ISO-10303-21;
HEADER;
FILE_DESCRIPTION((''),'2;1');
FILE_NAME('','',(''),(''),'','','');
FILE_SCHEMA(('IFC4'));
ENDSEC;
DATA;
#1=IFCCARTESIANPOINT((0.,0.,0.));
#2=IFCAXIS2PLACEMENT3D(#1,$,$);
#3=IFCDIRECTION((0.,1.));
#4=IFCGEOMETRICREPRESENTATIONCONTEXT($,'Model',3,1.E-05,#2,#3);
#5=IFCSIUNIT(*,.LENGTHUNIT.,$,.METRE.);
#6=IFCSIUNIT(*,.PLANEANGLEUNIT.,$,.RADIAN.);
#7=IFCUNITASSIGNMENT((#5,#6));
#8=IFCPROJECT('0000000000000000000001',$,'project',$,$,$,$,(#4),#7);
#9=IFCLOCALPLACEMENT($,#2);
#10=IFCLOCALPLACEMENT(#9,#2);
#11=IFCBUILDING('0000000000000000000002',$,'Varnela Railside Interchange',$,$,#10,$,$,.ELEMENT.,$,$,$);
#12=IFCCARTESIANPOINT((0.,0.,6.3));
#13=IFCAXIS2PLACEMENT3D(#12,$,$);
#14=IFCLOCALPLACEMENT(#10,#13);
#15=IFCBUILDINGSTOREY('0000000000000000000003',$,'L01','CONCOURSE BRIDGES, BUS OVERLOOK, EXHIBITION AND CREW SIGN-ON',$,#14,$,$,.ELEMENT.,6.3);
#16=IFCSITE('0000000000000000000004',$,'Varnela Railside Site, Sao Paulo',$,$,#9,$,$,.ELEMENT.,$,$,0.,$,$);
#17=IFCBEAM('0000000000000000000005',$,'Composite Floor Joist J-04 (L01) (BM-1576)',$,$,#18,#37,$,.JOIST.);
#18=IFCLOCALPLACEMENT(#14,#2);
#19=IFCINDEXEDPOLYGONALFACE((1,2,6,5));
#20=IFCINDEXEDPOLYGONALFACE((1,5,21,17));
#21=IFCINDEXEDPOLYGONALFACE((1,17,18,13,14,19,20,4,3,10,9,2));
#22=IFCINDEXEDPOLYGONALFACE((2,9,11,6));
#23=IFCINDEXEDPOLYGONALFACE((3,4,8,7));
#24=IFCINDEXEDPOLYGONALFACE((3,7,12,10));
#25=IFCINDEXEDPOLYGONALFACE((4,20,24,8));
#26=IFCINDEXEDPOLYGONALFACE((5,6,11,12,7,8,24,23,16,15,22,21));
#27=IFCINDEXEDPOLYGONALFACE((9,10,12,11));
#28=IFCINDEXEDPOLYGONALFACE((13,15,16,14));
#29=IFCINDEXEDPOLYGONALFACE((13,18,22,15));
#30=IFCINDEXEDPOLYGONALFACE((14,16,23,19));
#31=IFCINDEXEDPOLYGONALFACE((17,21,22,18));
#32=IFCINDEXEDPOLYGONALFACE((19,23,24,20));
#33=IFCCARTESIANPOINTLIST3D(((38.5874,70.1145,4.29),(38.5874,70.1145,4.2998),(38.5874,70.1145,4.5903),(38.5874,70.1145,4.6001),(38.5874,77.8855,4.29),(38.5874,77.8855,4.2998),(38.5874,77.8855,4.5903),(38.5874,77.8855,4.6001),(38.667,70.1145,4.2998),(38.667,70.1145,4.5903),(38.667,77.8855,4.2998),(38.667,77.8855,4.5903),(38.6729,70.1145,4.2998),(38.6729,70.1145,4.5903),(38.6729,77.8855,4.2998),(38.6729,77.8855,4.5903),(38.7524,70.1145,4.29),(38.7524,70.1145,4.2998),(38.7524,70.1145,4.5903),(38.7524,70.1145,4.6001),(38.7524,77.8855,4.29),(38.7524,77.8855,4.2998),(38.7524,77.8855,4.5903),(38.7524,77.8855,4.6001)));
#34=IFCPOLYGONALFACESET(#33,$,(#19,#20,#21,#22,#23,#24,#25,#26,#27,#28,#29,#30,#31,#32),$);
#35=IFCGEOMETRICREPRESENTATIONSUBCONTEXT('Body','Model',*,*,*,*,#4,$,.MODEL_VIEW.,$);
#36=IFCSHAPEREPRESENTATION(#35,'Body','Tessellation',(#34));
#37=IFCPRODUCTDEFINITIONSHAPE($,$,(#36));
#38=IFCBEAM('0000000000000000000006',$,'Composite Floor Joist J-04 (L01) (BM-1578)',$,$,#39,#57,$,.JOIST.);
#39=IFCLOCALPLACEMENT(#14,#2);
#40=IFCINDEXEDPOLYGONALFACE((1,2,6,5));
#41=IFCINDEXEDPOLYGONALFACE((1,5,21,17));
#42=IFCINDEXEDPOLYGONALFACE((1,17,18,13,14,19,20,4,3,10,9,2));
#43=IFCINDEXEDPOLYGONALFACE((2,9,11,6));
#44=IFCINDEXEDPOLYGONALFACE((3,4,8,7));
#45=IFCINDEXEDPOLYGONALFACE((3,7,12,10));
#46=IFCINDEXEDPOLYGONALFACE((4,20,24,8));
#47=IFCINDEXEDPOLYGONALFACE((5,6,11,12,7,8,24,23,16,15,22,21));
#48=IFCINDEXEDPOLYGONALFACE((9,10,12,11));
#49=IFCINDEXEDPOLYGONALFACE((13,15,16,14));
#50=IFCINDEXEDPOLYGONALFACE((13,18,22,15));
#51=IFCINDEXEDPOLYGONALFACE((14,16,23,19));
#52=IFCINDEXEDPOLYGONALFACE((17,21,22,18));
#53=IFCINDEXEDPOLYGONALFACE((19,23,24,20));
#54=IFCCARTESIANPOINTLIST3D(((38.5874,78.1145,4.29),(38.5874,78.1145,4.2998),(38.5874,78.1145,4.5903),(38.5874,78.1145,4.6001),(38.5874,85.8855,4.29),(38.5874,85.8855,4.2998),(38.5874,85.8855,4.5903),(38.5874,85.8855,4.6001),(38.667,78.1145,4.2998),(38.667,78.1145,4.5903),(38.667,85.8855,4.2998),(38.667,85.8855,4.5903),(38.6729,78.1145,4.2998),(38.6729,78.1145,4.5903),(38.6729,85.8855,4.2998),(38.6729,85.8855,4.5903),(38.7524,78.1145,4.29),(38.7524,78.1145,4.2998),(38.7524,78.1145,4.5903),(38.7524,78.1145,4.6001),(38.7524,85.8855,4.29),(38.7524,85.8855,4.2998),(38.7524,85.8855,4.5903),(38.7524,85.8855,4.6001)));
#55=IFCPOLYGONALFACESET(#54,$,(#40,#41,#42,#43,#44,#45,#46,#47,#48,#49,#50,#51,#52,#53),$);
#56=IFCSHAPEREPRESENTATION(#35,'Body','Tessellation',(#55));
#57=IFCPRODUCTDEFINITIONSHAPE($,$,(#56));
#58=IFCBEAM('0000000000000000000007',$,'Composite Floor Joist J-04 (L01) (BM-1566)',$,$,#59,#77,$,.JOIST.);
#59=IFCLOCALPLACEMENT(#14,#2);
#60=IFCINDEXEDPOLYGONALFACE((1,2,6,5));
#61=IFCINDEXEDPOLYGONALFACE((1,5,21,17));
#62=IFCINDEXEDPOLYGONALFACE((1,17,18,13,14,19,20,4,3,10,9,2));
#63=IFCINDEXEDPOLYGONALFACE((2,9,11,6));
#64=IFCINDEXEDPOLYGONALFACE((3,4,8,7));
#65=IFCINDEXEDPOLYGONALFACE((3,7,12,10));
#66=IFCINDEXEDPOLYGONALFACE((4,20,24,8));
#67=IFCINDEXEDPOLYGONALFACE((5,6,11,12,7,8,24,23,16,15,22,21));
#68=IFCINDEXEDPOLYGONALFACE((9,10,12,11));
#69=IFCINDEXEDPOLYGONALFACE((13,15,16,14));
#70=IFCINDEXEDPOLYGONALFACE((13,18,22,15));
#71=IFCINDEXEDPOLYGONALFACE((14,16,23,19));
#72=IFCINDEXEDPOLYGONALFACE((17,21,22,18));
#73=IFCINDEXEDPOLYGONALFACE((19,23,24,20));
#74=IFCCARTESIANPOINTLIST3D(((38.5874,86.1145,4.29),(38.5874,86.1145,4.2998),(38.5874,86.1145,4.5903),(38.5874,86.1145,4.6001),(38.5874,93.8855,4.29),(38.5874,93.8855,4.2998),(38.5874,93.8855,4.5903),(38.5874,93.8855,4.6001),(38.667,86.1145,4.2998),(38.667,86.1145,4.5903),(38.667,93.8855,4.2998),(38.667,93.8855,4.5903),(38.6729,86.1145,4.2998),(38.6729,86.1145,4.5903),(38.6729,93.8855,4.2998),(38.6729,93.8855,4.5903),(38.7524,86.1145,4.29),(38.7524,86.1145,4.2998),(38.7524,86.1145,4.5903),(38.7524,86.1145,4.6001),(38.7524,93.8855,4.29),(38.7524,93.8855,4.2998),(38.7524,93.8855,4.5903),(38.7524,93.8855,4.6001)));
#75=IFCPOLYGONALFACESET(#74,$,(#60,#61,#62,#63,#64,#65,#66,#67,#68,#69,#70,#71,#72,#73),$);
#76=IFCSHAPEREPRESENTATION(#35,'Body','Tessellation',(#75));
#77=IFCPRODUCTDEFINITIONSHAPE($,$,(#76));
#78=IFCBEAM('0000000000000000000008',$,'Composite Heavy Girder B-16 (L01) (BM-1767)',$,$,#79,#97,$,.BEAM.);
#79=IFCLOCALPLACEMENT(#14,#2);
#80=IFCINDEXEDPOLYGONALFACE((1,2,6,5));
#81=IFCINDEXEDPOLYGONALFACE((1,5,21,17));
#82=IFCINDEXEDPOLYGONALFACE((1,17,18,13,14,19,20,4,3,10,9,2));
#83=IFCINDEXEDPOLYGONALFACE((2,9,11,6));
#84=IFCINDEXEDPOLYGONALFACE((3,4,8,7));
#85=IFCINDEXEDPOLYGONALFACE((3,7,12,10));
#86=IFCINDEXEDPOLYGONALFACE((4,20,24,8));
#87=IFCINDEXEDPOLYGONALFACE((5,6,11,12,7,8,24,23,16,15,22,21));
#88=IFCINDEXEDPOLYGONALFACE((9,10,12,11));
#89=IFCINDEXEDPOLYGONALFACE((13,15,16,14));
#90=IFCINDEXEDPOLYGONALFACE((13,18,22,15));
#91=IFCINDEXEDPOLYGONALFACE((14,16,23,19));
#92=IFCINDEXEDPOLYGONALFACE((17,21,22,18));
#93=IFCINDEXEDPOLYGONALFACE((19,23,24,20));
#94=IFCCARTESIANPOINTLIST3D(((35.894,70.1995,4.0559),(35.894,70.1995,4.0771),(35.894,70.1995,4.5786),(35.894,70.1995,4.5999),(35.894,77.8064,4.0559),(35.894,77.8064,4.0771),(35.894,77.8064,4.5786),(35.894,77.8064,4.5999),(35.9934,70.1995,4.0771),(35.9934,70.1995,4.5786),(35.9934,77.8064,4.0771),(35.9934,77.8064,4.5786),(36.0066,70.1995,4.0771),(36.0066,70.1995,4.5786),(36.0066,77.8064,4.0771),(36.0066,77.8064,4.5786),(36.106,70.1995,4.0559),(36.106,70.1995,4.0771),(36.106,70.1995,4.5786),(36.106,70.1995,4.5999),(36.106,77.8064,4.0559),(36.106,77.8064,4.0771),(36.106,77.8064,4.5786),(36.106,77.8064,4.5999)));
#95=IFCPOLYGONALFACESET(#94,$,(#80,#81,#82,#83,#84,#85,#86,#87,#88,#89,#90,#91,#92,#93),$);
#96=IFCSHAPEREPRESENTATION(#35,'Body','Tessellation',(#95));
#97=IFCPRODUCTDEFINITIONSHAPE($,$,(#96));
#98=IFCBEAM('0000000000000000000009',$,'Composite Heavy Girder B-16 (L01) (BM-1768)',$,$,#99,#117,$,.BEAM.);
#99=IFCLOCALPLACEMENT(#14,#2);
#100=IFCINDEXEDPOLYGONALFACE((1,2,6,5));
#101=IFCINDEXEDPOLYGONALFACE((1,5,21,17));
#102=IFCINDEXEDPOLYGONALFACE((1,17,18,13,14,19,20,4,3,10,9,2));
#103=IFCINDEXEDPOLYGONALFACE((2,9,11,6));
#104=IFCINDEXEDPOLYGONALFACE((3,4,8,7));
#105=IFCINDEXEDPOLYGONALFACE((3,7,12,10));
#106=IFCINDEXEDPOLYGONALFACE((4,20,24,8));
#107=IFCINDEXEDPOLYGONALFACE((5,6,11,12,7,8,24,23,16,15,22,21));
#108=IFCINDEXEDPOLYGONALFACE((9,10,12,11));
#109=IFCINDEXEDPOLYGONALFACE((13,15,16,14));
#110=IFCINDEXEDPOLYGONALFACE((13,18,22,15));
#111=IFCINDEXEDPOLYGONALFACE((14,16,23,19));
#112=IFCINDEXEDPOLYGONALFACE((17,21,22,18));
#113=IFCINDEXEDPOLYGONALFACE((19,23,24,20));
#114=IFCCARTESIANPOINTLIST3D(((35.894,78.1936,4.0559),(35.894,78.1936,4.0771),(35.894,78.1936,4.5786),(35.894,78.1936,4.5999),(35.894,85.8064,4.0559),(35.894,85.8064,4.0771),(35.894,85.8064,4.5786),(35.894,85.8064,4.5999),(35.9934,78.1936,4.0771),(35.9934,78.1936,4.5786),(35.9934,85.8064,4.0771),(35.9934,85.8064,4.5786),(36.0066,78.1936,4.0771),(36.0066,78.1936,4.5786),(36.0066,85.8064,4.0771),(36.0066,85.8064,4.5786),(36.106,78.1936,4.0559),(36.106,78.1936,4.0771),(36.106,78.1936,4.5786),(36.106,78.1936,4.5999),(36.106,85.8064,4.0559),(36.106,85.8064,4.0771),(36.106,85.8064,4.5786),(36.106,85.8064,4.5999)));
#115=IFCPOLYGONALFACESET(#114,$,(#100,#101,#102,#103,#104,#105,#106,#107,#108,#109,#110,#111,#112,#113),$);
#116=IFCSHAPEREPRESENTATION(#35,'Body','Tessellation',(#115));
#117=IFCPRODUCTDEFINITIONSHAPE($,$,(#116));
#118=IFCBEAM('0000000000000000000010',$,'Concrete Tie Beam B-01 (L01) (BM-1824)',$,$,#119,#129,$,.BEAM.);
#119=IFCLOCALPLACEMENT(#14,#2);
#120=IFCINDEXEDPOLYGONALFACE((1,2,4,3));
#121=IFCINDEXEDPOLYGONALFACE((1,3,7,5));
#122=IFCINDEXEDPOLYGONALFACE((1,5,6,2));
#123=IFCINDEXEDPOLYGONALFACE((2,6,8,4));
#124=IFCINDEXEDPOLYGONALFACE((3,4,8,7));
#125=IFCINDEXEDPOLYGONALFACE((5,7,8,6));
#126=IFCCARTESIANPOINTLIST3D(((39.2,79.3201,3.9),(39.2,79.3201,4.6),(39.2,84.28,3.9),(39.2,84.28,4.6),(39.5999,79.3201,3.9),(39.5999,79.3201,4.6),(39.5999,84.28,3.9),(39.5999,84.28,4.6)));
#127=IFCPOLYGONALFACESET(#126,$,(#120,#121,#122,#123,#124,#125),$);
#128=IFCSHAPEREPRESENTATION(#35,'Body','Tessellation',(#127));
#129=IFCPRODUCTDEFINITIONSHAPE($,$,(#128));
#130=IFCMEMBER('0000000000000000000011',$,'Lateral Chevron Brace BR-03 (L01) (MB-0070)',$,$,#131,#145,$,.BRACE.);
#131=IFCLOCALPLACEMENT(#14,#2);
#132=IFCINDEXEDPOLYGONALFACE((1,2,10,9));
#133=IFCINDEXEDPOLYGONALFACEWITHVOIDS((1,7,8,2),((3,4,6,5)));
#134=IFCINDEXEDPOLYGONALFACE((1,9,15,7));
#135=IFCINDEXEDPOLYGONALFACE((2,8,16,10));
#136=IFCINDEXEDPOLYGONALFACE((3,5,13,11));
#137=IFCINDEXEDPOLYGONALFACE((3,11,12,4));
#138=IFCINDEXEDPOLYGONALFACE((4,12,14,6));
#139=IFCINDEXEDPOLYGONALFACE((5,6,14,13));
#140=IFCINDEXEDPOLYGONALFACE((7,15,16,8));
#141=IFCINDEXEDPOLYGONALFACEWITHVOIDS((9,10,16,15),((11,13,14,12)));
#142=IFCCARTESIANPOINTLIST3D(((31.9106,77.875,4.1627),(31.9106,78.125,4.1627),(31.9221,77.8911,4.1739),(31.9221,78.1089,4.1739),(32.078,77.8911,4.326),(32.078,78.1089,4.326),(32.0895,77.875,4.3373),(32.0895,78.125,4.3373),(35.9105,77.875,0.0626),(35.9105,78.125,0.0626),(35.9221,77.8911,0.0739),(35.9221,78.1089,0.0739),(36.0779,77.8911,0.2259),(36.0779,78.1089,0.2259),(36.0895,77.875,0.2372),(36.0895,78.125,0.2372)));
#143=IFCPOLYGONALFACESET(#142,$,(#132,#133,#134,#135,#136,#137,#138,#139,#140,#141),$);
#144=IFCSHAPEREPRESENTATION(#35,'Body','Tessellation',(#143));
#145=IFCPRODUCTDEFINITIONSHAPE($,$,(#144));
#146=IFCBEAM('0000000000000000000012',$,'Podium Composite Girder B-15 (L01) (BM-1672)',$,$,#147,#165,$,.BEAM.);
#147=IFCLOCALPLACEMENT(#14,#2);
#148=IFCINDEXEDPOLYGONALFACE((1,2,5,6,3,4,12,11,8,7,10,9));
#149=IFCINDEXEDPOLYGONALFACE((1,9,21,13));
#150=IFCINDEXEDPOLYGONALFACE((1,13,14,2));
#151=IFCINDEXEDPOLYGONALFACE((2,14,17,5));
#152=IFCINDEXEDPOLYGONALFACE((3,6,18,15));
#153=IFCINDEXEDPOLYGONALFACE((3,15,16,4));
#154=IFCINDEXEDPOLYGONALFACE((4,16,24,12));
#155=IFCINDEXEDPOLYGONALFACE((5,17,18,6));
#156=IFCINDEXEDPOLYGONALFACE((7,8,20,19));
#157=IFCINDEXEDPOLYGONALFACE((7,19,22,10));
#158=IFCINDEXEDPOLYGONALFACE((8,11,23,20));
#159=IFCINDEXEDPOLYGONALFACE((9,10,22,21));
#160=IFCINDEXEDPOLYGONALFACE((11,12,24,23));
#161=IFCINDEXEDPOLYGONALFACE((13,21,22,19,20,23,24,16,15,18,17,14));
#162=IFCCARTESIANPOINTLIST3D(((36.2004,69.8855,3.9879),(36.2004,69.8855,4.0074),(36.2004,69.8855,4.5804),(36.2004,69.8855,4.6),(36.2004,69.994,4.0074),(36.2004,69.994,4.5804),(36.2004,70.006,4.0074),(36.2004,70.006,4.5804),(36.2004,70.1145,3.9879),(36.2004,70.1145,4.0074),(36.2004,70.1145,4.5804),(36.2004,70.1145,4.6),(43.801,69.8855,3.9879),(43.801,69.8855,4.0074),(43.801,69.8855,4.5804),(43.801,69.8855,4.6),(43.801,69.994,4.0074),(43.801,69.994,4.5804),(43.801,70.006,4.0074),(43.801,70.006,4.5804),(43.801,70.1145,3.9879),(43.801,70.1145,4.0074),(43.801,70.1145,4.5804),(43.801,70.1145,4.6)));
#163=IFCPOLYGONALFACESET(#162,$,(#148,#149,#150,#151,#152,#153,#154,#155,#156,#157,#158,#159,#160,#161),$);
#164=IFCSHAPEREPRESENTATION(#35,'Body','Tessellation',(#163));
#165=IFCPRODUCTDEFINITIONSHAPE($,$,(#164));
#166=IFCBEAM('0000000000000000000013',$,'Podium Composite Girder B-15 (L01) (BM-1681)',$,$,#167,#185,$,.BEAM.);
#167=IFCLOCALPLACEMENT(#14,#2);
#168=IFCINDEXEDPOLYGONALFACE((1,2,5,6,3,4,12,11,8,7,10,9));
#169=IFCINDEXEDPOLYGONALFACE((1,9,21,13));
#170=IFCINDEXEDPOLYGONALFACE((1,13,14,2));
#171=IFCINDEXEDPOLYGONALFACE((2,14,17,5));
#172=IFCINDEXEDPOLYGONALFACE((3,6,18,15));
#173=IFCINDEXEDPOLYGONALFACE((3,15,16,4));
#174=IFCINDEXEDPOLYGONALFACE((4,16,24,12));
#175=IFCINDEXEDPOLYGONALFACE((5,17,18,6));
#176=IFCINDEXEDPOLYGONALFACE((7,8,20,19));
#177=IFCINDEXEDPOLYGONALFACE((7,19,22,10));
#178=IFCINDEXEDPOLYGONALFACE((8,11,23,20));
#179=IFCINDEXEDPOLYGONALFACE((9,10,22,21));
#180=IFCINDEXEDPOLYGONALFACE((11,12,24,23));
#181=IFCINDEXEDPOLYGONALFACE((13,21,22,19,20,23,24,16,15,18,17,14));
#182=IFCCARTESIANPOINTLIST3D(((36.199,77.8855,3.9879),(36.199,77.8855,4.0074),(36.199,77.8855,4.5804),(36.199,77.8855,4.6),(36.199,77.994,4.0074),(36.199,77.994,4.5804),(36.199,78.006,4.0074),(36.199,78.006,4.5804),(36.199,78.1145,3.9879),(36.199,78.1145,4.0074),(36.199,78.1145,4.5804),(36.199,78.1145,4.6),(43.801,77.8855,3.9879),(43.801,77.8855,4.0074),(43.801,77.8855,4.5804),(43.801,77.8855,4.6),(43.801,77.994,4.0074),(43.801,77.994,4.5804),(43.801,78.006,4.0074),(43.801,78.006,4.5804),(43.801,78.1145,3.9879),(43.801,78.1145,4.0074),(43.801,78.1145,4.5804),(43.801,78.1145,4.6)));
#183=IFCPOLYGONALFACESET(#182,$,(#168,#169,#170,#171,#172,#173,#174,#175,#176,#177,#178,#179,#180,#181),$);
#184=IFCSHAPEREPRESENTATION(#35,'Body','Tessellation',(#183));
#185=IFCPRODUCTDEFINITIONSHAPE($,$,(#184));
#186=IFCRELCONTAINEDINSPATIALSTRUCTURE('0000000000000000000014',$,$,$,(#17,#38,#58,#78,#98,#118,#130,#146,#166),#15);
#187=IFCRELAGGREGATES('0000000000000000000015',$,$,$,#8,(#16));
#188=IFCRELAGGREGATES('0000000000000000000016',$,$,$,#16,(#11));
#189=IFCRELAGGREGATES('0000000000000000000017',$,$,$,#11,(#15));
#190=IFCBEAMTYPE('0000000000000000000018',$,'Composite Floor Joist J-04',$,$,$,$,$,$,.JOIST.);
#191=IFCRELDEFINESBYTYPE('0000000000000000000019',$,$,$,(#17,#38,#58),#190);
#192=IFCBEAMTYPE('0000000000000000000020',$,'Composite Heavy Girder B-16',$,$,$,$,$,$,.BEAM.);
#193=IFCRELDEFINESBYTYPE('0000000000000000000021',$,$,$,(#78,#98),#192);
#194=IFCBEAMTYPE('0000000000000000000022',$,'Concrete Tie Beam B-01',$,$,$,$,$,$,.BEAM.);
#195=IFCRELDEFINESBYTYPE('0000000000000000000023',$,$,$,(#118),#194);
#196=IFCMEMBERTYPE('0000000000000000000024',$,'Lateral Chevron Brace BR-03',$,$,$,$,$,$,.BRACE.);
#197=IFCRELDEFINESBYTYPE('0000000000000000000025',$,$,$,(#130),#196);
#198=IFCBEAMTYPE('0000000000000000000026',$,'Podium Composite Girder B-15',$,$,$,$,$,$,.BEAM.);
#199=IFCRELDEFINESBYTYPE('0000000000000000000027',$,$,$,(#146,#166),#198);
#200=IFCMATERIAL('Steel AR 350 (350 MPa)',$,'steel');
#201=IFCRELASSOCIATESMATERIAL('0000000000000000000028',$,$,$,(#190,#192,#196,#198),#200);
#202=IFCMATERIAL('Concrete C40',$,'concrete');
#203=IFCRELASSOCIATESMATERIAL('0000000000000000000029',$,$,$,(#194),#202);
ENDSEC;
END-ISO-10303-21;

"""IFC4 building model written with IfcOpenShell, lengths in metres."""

from ifc_helpers import new_model, si_unit, direction, frame, origin, origin_2d, place, context, subcontext, project, spatial, rectangle, hollow_rectangle, i_section, extrude, material, material_profile, profile_set, type_object, element, save


model = new_model("IFC4")

# Units and contexts
model_context = context("Model", 3, precision=1e-05, world=origin(), true_north=direction((0.0, 1.0)))
body_context = subcontext(model_context, "Body", "Model", "MODEL_VIEW")
ifc_project = project(units=[si_unit("LENGTHUNIT", "METRE"), si_unit("PLANEANGLEUNIT", "RADIAN")], contexts=[model_context])

# Site, building, storey
site_placement = place(None, origin())
site = spatial("IfcSite", under=ifc_project, at=site_placement, Name="Varnela Railside Site, Sao Paulo", CompositionType="ELEMENT", RefElevation=0.0)
building_placement = place(site_placement, origin())
building = spatial("IfcBuilding", under=site, at=building_placement, Name="Varnela Railside Interchange", CompositionType="ELEMENT")
storey_placement = place(building_placement, frame((0.0, 0.0, 6.3)))
storey = spatial("IfcBuildingStorey", under=building, at=storey_placement, Name="L01", Description="CONCOURSE BRIDGES, BUS OVERLOOK, EXHIBITION AND CREW SIGN-ON", CompositionType="ELEMENT", Elevation=6.3)

# Shared definitions
ifc_material_1 = material(Name="Steel AR 350 (350 MPa)", Category="steel")

# Beams
ifc_material_profile_1 = material_profile(ifc_material_1, i_section(OverallWidth=0.165, OverallDepth=0.3101, WebThickness=0.0059, FlangeThickness=0.0098, at=origin_2d()), Name="W310x38.7")
ifc_profile_set_1 = profile_set([ifc_material_profile_1], Name="Steel AR 350 (350 MPa)")
beam_type_1 = type_object("IfcBeamType", Name="Composite Floor Joist J-04", PredefinedType="JOIST", material=ifc_profile_set_1)
for number, where, z_axis, x_axis, name in (
    (1, (38.6699, 70.1145, 4.4451), (0.0, 1.0, 0.0), (-1.0, 0.0, 0.0), "Composite Floor Joist J-04 (L01) (BM-1576)"),
    (2, (38.6699, 78.1145, 4.4451), (0.0, 1.0, 0.0), (-1.0, 0.0, 0.0), "Composite Floor Joist J-04 (L01) (BM-1578)"),
    (3, (38.6699, 86.1145, 4.4451), (0.0, 1.0, 0.0), (-1.0, 0.0, 0.0), "Composite Floor Joist J-04 (L01) (BM-1566)"),
):
    element("IfcBeam", number, at=place(storey_placement, frame(where, z_axis=z_axis, x_axis=x_axis)), inside=storey, type_object=beam_type_1, Name=name, PredefinedType="JOIST", context=body_context, shape_type="SweptSolid", body=[
        extrude(i_section(OverallWidth=0.165, OverallDepth=0.3101, WebThickness=0.0059, FlangeThickness=0.0098, at=origin_2d()), origin(), (0.0, 0.0, 1.0), 7.771),
    ])
ifc_material_profile_2 = material_profile(ifc_material_1, i_section(OverallWidth=0.2119, OverallDepth=0.5439, WebThickness=0.0132, FlangeThickness=0.0212, at=origin_2d()), Name="W530x123")
ifc_profile_set_2 = profile_set([ifc_material_profile_2], Name="Steel AR 350 (350 MPa)")
beam_type_2 = type_object("IfcBeamType", Name="Composite Heavy Girder B-16", PredefinedType="BEAM", material=ifc_profile_set_2)
beam_1_placement = place(storey_placement, frame((36.0, 70.1995, 4.3279), z_axis=(0.0, 1.0, 0.0), x_axis=(-1.0, 0.0, 0.0)))
element("IfcBeam", 4, at=beam_1_placement, inside=storey, type_object=beam_type_2, Name="Composite Heavy Girder B-16 (L01) (BM-1767)", PredefinedType="BEAM", context=body_context, shape_type="SweptSolid", body=[
    extrude(i_section(OverallWidth=0.2119, OverallDepth=0.5439, WebThickness=0.0132, FlangeThickness=0.0212, at=origin_2d()), origin(), (0.0, 0.0, 1.0), 7.6069),
])
beam_2_placement = place(storey_placement, frame((36.0, 78.1936, 4.3279), z_axis=(0.0, 1.0, 0.0), x_axis=(-1.0, 0.0, 0.0)))
element("IfcBeam", 5, at=beam_2_placement, inside=storey, type_object=beam_type_2, Name="Composite Heavy Girder B-16 (L01) (BM-1768)", PredefinedType="BEAM", context=body_context, shape_type="SweptSolid", body=[
    extrude(i_section(OverallWidth=0.2119, OverallDepth=0.5439, WebThickness=0.0132, FlangeThickness=0.0212, at=origin_2d()), origin(), (0.0, 0.0, 1.0), 7.6128),
])
ifc_material_2 = material(Name="Concrete C40", Category="concrete")
ifc_material_profile_3 = material_profile(ifc_material_2, rectangle(XDim=0.3999, YDim=0.7, at=origin_2d()), Name="RC 400x700")
ifc_profile_set_3 = profile_set([ifc_material_profile_3], Name="Concrete C40")
beam_type_3 = type_object("IfcBeamType", Name="Concrete Tie Beam B-01", PredefinedType="BEAM", material=ifc_profile_set_3)
beam_3_placement = place(storey_placement, frame((39.3999, 79.3201, 4.25), z_axis=(0.0, 1.0, 0.0), x_axis=(-1.0, 0.0, 0.0)))
element("IfcBeam", 6, at=beam_3_placement, inside=storey, type_object=beam_type_3, Name="Concrete Tie Beam B-01 (L01) (BM-1824)", PredefinedType="BEAM", context=body_context, shape_type="SweptSolid", body=[
    extrude(rectangle(XDim=0.3999, YDim=0.7, at=origin_2d()), origin(), (0.0, 0.0, 1.0), 4.96),
])

# Member
ifc_material_profile_4 = material_profile(ifc_material_1, hollow_rectangle(XDim=0.25, YDim=0.25, WallThickness=0.0161, at=origin_2d()), Name="HSS 250x250x16")
ifc_profile_set_4 = profile_set([ifc_material_profile_4], Name="Steel AR 350 (350 MPa)")
member_type = type_object("IfcMemberType", Name="Lateral Chevron Brace BR-03", PredefinedType="BRACE", material=ifc_profile_set_4)
member_placement = place(storey_placement, frame((36.0, 78.0, 0.1499), z_axis=(-0.698315, 0.0, 0.71579), x_axis=(0.0, -1.0, 0.0)))
element("IfcMember", 7, at=member_placement, inside=storey, type_object=member_type, Name="Lateral Chevron Brace BR-03 (L01) (MB-0070)", PredefinedType="BRACE", context=body_context, shape_type="SweptSolid", body=[
    extrude(hollow_rectangle(XDim=0.25, YDim=0.25, WallThickness=0.0161, at=origin_2d()), origin(), (0.0, 0.0, 1.0), 5.728),
])

# Beams
ifc_material_profile_5 = material_profile(ifc_material_1, i_section(OverallWidth=0.229, OverallDepth=0.6121, WebThickness=0.012, FlangeThickness=0.0195, at=origin_2d()), Name="W610x125")
ifc_profile_set_5 = profile_set([ifc_material_profile_5], Name="Steel AR 350 (350 MPa)")
beam_type_4 = type_object("IfcBeamType", Name="Podium Composite Girder B-15", PredefinedType="BEAM", material=ifc_profile_set_5)
beam_4_placement = place(storey_placement, frame((36.2004, 70.0, 4.2939), z_axis=(1.0, 0.0, 0.0), x_axis=(0.0, 1.0, 0.0)))
element("IfcBeam", 8, at=beam_4_placement, inside=storey, type_object=beam_type_4, Name="Podium Composite Girder B-15 (L01) (BM-1672)", PredefinedType="BEAM", context=body_context, shape_type="SweptSolid", body=[
    extrude(i_section(OverallWidth=0.229, OverallDepth=0.6121, WebThickness=0.012, FlangeThickness=0.0195, at=origin_2d()), origin(), (0.0, 0.0, 1.0), 7.6006),
])
for number, where, z_axis, x_axis, name in (
    (9, (36.199, 78.0, 4.2939), (1.0, 0.0, 0.0), (0.0, 1.0, 0.0), "Podium Composite Girder B-15 (L01) (BM-1681)"),
):
    element("IfcBeam", number, at=place(storey_placement, frame(where, z_axis=z_axis, x_axis=x_axis)), inside=storey, type_object=beam_type_4, Name=name, PredefinedType="BEAM", context=body_context, shape_type="SweptSolid", body=[
        extrude(i_section(OverallWidth=0.229, OverallDepth=0.6121, WebThickness=0.012, FlangeThickness=0.0195, at=origin_2d()), origin(), (0.0, 0.0, 1.0), 7.6021),
    ])

save(model, "model.ifc")
